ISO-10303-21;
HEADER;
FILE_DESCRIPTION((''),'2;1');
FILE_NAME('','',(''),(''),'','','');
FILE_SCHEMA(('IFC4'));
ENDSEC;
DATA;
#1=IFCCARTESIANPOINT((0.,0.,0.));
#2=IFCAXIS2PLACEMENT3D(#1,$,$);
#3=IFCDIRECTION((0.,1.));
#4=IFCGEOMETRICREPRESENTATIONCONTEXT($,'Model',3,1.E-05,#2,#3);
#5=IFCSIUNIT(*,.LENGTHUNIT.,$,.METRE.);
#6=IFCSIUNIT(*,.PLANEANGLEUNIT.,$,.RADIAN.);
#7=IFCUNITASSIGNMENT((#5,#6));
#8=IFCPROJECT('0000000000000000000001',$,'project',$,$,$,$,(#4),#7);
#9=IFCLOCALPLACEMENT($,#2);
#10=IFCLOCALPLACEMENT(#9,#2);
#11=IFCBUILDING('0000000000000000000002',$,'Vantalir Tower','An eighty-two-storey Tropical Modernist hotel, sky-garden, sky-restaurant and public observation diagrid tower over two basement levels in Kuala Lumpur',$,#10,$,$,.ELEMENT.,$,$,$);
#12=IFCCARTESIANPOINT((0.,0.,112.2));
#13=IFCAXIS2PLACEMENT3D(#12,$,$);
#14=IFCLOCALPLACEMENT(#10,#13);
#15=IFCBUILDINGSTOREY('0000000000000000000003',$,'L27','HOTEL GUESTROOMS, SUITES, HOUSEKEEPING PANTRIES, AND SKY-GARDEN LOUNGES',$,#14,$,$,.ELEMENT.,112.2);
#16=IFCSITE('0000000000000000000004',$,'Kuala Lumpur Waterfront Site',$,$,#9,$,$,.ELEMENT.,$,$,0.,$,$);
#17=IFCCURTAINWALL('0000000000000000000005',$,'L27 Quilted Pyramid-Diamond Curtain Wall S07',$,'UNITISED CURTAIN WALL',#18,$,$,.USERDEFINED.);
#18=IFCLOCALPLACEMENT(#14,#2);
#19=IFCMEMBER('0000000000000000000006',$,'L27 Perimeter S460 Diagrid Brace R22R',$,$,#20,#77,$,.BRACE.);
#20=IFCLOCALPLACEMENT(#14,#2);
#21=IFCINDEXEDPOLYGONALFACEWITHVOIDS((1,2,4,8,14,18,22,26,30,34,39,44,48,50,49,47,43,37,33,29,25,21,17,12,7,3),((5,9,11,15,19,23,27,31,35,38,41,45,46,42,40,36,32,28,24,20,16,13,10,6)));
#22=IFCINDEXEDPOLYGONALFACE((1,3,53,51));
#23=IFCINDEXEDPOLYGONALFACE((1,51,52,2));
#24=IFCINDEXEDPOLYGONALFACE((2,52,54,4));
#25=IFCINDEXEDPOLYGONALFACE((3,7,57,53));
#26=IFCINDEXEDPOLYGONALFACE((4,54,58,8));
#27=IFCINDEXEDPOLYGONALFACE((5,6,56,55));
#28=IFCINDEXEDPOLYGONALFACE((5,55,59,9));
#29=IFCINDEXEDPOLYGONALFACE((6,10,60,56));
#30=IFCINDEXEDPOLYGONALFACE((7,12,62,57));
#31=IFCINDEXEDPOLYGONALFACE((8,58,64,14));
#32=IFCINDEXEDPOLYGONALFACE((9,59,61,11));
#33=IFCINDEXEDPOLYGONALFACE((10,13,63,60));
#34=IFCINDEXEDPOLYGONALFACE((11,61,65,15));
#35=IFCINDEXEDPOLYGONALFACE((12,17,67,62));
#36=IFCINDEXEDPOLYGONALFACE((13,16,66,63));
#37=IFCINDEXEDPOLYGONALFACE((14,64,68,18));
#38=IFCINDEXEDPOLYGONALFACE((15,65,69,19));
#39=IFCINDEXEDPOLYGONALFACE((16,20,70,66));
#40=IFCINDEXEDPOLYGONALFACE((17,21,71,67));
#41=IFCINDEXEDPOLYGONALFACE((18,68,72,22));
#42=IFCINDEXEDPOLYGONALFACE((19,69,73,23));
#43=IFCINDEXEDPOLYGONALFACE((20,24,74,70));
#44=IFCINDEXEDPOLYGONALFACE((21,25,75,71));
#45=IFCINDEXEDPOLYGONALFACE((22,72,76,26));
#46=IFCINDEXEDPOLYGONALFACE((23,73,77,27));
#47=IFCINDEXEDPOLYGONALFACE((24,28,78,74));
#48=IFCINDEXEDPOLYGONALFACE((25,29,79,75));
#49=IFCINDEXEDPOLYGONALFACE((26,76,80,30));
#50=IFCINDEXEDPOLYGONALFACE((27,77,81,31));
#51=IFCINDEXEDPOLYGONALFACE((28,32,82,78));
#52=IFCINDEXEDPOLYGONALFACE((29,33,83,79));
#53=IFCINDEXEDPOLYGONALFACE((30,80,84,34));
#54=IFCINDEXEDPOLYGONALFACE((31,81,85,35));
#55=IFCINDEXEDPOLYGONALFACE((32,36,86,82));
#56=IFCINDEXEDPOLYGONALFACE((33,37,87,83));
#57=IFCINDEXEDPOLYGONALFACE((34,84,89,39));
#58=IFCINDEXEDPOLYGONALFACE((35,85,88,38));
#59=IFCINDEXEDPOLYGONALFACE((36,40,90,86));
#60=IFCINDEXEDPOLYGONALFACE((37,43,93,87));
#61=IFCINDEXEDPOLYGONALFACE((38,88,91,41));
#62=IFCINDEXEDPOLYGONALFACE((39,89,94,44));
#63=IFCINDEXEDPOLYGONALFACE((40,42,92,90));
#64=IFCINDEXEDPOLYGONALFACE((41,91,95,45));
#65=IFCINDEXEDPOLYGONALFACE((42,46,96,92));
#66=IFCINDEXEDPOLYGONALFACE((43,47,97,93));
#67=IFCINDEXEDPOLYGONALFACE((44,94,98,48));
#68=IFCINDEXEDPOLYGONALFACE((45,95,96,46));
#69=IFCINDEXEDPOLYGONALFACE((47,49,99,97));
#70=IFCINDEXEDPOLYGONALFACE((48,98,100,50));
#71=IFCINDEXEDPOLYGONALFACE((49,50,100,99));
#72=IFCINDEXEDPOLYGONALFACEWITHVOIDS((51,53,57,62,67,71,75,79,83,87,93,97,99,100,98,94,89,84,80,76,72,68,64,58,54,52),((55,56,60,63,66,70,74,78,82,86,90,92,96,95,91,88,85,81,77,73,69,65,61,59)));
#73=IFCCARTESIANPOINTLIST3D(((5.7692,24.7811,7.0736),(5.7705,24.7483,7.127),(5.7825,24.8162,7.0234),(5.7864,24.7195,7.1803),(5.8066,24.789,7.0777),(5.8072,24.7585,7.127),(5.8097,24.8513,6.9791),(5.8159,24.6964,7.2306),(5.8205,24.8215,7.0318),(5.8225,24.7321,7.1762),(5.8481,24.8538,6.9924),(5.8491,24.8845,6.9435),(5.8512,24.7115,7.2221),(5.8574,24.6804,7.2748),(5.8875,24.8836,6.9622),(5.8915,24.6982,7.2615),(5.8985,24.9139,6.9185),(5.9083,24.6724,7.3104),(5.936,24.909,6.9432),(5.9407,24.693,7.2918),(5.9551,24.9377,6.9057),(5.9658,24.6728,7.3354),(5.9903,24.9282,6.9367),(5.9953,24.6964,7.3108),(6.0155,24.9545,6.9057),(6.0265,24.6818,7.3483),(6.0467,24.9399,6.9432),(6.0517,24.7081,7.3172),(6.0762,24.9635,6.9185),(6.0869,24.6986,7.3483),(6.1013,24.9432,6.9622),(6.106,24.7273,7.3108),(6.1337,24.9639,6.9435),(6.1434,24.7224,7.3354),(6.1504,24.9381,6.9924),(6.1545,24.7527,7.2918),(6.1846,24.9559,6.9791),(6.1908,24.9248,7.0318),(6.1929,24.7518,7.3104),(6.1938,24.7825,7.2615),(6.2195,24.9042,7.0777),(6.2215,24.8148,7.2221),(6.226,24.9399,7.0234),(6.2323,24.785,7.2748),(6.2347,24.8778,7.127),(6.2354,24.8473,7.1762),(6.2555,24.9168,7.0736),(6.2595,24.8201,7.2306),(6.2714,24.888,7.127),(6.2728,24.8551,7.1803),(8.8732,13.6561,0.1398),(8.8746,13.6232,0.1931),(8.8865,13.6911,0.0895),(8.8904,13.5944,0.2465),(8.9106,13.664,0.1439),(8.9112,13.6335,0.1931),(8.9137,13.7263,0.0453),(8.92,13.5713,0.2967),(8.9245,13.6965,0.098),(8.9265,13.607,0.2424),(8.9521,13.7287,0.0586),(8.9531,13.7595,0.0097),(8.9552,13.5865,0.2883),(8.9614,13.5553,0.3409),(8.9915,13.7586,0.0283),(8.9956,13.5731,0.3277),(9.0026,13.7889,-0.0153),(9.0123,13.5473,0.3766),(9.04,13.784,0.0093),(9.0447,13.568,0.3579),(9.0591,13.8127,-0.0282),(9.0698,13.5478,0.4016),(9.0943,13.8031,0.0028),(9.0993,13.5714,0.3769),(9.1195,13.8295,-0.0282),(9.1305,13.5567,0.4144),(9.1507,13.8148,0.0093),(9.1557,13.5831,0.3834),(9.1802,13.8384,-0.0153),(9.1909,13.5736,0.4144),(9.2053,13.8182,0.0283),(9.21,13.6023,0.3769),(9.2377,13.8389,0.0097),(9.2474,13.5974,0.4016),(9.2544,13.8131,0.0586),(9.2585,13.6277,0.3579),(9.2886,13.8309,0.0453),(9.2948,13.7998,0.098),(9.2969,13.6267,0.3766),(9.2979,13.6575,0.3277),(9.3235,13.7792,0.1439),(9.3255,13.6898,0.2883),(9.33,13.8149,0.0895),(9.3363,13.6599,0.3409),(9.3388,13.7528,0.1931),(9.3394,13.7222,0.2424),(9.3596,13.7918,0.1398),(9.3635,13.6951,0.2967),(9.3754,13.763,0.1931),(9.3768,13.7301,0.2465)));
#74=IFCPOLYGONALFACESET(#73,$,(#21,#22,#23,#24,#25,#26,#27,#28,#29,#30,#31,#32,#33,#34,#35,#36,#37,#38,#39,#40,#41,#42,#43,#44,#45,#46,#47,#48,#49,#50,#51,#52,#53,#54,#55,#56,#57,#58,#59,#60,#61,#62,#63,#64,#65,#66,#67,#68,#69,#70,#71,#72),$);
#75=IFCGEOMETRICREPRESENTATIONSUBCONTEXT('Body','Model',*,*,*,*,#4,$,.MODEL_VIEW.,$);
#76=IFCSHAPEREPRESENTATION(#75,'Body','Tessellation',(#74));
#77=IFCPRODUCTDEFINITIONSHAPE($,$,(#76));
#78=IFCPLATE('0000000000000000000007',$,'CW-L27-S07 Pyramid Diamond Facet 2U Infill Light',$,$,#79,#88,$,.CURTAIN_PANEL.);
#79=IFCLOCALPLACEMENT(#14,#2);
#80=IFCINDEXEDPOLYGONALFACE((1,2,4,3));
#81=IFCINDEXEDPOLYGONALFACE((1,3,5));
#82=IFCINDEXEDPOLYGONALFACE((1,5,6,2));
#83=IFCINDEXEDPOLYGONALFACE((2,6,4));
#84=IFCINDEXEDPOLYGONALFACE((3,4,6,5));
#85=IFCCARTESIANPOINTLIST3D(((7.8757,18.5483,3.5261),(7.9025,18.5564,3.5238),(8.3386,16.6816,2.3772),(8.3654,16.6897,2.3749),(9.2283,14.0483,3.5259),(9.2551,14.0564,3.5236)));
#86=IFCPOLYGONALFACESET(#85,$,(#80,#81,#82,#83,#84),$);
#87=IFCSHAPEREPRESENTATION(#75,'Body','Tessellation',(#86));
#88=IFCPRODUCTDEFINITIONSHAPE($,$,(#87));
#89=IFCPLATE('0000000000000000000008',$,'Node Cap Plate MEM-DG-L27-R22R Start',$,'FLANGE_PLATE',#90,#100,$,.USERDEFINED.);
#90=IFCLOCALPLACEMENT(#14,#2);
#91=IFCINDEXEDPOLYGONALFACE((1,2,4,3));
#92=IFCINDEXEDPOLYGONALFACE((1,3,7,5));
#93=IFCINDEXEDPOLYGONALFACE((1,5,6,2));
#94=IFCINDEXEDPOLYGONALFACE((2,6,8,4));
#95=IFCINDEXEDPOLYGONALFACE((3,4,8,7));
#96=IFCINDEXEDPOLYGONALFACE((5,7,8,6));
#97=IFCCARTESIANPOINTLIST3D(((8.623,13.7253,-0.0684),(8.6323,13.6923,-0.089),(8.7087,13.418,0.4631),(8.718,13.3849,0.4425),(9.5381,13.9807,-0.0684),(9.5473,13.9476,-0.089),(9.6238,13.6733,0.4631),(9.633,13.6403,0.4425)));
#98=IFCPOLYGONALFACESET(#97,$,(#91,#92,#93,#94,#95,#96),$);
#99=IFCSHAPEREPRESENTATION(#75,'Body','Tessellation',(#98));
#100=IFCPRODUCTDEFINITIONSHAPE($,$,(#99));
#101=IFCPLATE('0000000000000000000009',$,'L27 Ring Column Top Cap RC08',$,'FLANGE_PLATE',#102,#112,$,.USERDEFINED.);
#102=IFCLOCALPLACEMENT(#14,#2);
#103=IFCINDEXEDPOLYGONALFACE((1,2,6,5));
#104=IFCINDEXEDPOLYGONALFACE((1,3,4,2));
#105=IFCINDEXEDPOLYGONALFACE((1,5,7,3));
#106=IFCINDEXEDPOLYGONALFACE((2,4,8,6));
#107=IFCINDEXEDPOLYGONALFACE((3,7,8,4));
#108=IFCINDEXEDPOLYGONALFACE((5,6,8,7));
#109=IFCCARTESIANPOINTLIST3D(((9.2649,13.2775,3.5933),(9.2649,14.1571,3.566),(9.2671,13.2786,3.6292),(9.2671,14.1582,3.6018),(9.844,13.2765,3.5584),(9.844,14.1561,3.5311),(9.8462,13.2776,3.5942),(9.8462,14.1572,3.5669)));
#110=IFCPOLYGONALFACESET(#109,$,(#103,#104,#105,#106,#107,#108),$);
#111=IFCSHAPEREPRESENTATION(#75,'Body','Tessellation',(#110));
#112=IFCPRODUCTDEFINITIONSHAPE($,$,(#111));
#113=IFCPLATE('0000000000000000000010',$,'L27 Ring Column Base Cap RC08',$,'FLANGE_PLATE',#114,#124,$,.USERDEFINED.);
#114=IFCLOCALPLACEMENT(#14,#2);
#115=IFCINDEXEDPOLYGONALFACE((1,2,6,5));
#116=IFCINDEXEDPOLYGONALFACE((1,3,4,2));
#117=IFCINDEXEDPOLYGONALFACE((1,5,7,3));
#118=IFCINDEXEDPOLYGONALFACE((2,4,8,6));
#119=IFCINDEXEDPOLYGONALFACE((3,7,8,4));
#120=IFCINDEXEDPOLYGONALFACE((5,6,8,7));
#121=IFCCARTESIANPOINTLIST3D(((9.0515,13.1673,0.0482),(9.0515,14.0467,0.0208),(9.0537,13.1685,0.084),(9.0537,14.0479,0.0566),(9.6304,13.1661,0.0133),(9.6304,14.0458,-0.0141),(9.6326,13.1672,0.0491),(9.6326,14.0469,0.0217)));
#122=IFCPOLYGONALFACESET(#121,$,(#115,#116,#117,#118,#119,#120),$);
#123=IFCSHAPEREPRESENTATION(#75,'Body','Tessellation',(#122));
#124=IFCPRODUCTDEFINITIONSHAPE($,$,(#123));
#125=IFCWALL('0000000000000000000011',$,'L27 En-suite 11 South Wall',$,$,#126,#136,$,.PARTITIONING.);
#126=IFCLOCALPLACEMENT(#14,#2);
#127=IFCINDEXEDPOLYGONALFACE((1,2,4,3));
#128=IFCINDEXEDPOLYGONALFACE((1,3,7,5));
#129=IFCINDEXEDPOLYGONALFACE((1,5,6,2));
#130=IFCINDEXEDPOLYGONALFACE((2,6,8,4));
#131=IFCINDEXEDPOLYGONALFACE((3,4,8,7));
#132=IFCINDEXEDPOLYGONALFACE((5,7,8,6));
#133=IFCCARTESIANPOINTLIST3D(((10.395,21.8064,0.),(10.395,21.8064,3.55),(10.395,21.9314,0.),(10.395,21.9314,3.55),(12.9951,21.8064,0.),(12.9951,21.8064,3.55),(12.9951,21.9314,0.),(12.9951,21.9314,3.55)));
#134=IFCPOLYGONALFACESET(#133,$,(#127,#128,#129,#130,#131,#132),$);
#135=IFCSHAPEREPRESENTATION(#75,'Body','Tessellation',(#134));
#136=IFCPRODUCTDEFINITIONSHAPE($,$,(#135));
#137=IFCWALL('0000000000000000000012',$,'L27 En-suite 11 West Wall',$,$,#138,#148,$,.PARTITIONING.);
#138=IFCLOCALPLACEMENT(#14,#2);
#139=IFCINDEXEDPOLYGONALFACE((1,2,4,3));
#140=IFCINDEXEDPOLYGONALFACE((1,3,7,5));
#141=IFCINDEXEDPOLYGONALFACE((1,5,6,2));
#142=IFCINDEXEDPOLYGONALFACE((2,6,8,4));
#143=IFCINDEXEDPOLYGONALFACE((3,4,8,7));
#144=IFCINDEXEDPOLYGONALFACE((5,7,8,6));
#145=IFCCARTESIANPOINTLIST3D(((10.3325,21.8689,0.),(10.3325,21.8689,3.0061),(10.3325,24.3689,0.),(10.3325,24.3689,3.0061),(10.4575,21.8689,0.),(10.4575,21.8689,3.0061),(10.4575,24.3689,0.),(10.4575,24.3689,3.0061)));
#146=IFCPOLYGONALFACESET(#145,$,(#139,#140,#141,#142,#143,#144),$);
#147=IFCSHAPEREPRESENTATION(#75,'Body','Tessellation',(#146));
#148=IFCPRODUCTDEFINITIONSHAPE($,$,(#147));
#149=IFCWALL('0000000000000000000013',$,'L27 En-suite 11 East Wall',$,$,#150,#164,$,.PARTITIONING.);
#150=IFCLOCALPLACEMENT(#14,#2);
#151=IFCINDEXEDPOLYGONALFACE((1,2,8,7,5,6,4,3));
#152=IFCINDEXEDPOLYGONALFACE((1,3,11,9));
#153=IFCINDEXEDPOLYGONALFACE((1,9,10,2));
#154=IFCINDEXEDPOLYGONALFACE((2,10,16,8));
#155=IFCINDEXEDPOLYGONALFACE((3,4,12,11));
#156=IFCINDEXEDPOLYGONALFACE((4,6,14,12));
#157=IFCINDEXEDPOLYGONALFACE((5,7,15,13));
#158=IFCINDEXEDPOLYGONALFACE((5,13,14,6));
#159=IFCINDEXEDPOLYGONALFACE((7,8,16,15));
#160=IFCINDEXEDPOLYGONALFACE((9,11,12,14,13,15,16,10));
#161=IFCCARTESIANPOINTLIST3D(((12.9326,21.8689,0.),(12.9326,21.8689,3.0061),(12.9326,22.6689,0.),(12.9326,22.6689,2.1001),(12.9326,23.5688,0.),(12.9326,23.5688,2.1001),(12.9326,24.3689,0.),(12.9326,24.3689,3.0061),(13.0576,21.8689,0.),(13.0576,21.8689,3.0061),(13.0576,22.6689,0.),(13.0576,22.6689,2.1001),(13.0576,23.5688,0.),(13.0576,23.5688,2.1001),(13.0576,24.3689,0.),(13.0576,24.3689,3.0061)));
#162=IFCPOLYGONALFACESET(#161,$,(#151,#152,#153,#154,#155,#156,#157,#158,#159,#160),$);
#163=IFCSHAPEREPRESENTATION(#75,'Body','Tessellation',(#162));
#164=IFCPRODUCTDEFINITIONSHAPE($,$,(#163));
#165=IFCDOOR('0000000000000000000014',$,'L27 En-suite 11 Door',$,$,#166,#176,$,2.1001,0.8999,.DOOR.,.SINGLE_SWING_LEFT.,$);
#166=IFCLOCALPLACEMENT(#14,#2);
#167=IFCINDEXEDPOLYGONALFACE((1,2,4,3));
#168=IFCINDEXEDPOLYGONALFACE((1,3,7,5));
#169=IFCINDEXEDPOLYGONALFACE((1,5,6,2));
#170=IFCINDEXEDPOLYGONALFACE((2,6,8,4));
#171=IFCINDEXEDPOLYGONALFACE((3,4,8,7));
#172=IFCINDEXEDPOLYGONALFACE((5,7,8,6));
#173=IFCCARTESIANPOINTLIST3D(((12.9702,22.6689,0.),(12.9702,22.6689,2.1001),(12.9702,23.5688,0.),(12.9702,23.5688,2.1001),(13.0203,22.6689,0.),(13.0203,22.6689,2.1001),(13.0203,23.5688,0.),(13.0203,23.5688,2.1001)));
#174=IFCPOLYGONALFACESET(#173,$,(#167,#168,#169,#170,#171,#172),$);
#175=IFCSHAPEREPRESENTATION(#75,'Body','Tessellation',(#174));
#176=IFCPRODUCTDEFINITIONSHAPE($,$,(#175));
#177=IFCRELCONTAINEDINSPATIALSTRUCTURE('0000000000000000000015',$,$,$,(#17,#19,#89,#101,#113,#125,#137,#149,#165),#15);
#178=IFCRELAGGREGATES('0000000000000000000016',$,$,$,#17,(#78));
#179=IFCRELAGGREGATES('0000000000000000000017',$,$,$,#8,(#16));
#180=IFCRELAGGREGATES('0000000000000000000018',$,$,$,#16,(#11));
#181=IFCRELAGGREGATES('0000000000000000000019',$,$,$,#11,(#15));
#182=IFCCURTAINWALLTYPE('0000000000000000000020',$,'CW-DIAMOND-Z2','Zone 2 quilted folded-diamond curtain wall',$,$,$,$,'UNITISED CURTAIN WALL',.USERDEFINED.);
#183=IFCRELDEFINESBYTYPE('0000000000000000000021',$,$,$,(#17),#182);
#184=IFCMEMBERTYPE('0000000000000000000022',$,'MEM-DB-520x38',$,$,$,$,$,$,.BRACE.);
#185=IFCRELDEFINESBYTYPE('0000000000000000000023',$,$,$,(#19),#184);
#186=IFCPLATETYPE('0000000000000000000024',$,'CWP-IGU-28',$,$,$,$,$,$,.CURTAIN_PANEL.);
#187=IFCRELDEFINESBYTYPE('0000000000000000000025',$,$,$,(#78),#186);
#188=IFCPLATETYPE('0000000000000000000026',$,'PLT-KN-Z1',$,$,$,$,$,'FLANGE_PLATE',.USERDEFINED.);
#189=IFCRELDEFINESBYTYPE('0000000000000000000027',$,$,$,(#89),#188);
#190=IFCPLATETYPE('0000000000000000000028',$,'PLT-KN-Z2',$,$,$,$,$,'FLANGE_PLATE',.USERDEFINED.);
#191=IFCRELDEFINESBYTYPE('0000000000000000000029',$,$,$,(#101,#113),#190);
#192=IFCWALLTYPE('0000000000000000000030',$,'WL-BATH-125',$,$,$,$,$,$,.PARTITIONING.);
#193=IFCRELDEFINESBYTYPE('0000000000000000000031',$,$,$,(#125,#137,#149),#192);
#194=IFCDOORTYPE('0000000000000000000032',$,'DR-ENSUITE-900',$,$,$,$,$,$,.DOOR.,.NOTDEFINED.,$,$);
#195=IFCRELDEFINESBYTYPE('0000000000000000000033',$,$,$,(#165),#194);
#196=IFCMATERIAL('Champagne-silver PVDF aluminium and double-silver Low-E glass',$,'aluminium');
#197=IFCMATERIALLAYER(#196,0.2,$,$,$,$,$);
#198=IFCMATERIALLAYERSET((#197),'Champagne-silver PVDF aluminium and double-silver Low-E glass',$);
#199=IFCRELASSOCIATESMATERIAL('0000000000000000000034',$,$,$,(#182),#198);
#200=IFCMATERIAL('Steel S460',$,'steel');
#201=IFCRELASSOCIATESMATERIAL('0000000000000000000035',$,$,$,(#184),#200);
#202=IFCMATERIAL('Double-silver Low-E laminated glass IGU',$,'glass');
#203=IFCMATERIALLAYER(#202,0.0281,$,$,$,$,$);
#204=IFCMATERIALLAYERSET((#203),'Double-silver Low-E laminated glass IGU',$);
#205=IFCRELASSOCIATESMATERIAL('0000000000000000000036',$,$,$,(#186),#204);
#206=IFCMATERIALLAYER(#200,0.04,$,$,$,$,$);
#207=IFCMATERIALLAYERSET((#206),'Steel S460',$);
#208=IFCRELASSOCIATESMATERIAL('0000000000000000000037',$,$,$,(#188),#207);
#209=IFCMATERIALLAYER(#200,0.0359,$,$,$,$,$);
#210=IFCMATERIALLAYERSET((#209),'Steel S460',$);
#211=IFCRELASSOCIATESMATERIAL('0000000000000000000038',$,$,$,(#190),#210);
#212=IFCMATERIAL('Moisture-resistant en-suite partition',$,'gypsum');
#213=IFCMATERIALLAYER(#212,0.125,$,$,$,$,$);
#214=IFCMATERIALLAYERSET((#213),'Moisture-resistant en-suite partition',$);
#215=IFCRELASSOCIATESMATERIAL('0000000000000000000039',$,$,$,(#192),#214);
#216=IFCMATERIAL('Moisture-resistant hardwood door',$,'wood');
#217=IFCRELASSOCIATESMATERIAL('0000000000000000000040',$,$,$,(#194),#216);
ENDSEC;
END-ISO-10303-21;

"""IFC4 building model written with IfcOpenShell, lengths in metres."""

from ifc_helpers import new_model, si_unit, direction, frame, frame_2d, origin, origin_2d, place, context, subcontext, project, spatial, polyline, rectangle, hollow_circle, outline, extrude, material, layer, layer_set, material_profile, profile_set, type_object, element, fill, aggregate, save


model = new_model("IFC4")

# Units and contexts
model_context = context("Model", 3, precision=1e-05, world=origin(), true_north=direction((0.0, 1.0)))
body_context = subcontext(model_context, "Body", "Model", "MODEL_VIEW")
ifc_project = project(units=[si_unit("LENGTHUNIT", "METRE"), si_unit("PLANEANGLEUNIT", "RADIAN")], contexts=[model_context])

# Site, building, storey
site_placement = place(None, origin())
site = spatial("IfcSite", under=ifc_project, at=site_placement, Name="Kuala Lumpur Waterfront Site", CompositionType="ELEMENT", RefElevation=0.0)
building_placement = place(site_placement, origin())
building = spatial("IfcBuilding", under=site, at=building_placement, Name="Vantalir Tower", Description="An eighty-two-storey Tropical Modernist hotel, sky-garden, sky-restaurant and public observation diagrid tower over two basement levels in Kuala Lumpur", CompositionType="ELEMENT")
storey_placement = place(building_placement, frame((0.0, 0.0, 112.2)))
storey = spatial("IfcBuildingStorey", under=building, at=storey_placement, Name="L27", Description="HOTEL GUESTROOMS, SUITES, HOUSEKEEPING PANTRIES, AND SKY-GARDEN LOUNGES", CompositionType="ELEMENT", Elevation=112.2)

# Shared definitions
ifc_material_1 = material(Name="Steel S460", Category="steel")

# Curtain wall
ifc_material_2 = material(Name="Champagne-silver PVDF aluminium and double-silver Low-E glass", Category="aluminium")
ifc_layer_1 = layer(ifc_material_2, 0.2)
ifc_layer_set_1 = layer_set([ifc_layer_1], Name="Champagne-silver PVDF aluminium and double-silver Low-E glass")
curtain_wall_type = type_object("IfcCurtainWallType", Name="CW-DIAMOND-Z2", Description="Zone 2 quilted folded-diamond curtain wall", ElementType="UNITISED CURTAIN WALL", PredefinedType="USERDEFINED", material=ifc_layer_set_1)
curtain_wall_placement = place(storey_placement, origin())
curtain_wall = element("IfcCurtainWall", 1, at=curtain_wall_placement, inside=storey, type_object=curtain_wall_type, Name="L27 Quilted Pyramid-Diamond Curtain Wall S07", ObjectType="UNITISED CURTAIN WALL", PredefinedType="USERDEFINED")

# Member
ifc_material_profile_1 = material_profile(ifc_material_1, hollow_circle(Radius=0.26, WallThickness=0.0381, at=origin_2d()), Name="Steel S460")
ifc_profile_set_1 = profile_set([ifc_material_profile_1], Name="Steel S460")
member_type_1 = type_object("IfcMemberType", Name="MEM-DB-520x38", PredefinedType="BRACE", material=ifc_profile_set_1)
member_1_placement = place(storey_placement, frame((9.125, 13.6931, 0.1931), z_axis=(-0.230414, 0.825824, 0.514708), x_axis=(-0.963211, -0.268747, 0.0)))
element("IfcMember", 2, at=member_1_placement, inside=storey, type_object=member_type_1, Name="L27 Perimeter S460 Diagrid Brace R22R", PredefinedType="BRACE", context=body_context, shape_type="SweptSolid", body=[
    extrude(hollow_circle(Radius=0.26, WallThickness=0.0381, at=origin_2d()), origin(), (0.0, 0.0, 1.0), 13.4714),
])

# Plate
ifc_material_3 = material(Name="Double-silver Low-E laminated glass IGU", Category="glass")
ifc_layer_2 = layer(ifc_material_3, 0.0281)
ifc_layer_set_2 = layer_set([ifc_layer_2], Name="Double-silver Low-E laminated glass IGU")
plate_type_1 = type_object("IfcPlateType", Name="CWP-IGU-28", PredefinedType="CURTAIN_PANEL", material=ifc_layer_set_2)
plate_1_placement = place(storey_placement, frame((7.8757, 18.5483, 3.5261), z_axis=(-0.954485, -0.286889, 0.081565), x_axis=(0.287844, -0.957677, -0.000052)))
plate_1 = element("IfcPlate", 3, at=plate_1_placement, type_object=plate_type_1, Name="CW-L27-S07 Pyramid Diamond Facet 2U Infill Light", PredefinedType="CURTAIN_PANEL", context=body_context, shape_type="SweptSolid", body=[
    extrude(outline(polyline([(0.0, 0.0), (4.6989, 0.0), (1.921, -1.1527), (0.0, 0.0)])), origin(), (0.0, 0.0, -1.0), 0.0281),
])
aggregate(curtain_wall, [plate_1])

# Plates
ifc_layer_3 = layer(ifc_material_1, 0.04)
ifc_layer_set_3 = layer_set([ifc_layer_3], Name="Steel S460")
plate_type_2 = type_object("IfcPlateType", Name="PLT-KN-Z1", ElementType="FLANGE_PLATE", PredefinedType="USERDEFINED", material=ifc_layer_set_3)
plate_2_placement = place(storey_placement, frame((9.5381, 13.9807, -0.0684), z_axis=(-0.230465, 0.825795, 0.514731), x_axis=(-0.963193, -0.26881, 0.0)))
element("IfcPlate", 4, at=plate_2_placement, inside=storey, type_object=plate_type_2, Name="Node Cap Plate MEM-DG-L27-R22R Start", ObjectType="FLANGE_PLATE", PredefinedType="USERDEFINED", context=body_context, shape_type="SweptSolid", body=[
    extrude(outline(polyline([(0.0, 0.0), (0.95, 0.0), (0.9501, 0.6199), (0.0001, 0.6199), (0.0, 0.0)])), origin(), (0.0, 0.0, -1.0), 0.04),
])
ifc_layer_4 = layer(ifc_material_1, 0.0359)
ifc_layer_set_4 = layer_set([ifc_layer_4], Name="Steel S460")
plate_type_3 = type_object("IfcPlateType", Name="PLT-KN-Z2", ElementType="FLANGE_PLATE", PredefinedType="USERDEFINED", material=ifc_layer_set_4)
plate_3_placement = place(storey_placement, frame((9.2671, 14.1582, 3.6018), z_axis=(0.060201, 0.031014, 0.997704), x_axis=(0.0, -0.999517, 0.03107)))
element("IfcPlate", 5, at=plate_3_placement, inside=storey, type_object=plate_type_3, Name="L27 Ring Column Top Cap RC08", ObjectType="FLANGE_PLATE", PredefinedType="USERDEFINED", context=body_context, shape_type="SweptSolid", body=[
    extrude(outline(polyline([(0.0, 0.0), (0.8801, 0.0), (0.88, 0.5802), (-0.0001, 0.5802), (0.0, 0.0)])), origin(), (0.0, 0.0, -1.0), 0.0359),
])
plate_4_placement = place(storey_placement, frame((9.0537, 14.0479, 0.0566), z_axis=(0.060232, 0.031018, 0.997702), x_axis=(0.0, -0.999517, 0.031075)))
element("IfcPlate", 6, at=plate_4_placement, inside=storey, type_object=plate_type_3, Name="L27 Ring Column Base Cap RC08", ObjectType="FLANGE_PLATE", PredefinedType="USERDEFINED", context=body_context, shape_type="SweptSolid", body=[
    extrude(outline(polyline([(0.0, 0.0), (0.8798, 0.0), (0.88, 0.5799), (-0.0001, 0.5799), (0.0, 0.0)])), origin(), (0.0, 0.0, -1.0), 0.0359),
])

# Walls
ifc_material_4 = material(Name="Moisture-resistant en-suite partition", Category="gypsum")
ifc_layer_5 = layer(ifc_material_4, 0.125)
ifc_layer_set_5 = layer_set([ifc_layer_5], Name="Moisture-resistant en-suite partition")
wall_type_1 = type_object("IfcWallType", Name="WL-BATH-125", PredefinedType="PARTITIONING", material=ifc_layer_set_5)
wall_1_placement = place(storey_placement, frame((10.395, 21.8689, 0.0), z_axis=(0.0, 0.0, 1.0), x_axis=(1.0, 0.0, 0.0)))
element("IfcWall", 7, at=wall_1_placement, inside=storey, type_object=wall_type_1, Name="L27 En-suite 11 South Wall", PredefinedType="PARTITIONING", context=body_context, shape_type="SweptSolid", body=[
    extrude(rectangle(XDim=2.6001, YDim=0.125, at=frame_2d((1.3, 0.0))), origin(), (0.0, 0.0, 1.0), 3.55),
])
wall_2_placement = place(storey_placement, frame((10.395, 21.8689, 0.0), z_axis=(0.0, 0.0, 1.0), x_axis=(0.0, 1.0, 0.0)))
element("IfcWall", 8, at=wall_2_placement, inside=storey, type_object=wall_type_1, Name="L27 En-suite 11 West Wall", PredefinedType="PARTITIONING", context=body_context, shape_type="SweptSolid", body=[
    extrude(rectangle(XDim=2.5, YDim=0.125, at=frame_2d((1.25, 0.0))), origin(), (0.0, 0.0, 1.0), 3.0061),
])

# Wall, opening, door
wall_3_placement = place(storey_placement, frame((12.9951, 21.8689, 0.0), z_axis=(0.0, 0.0, 1.0), x_axis=(0.0, 1.0, 0.0)))
wall_3 = element("IfcWall", 9, at=wall_3_placement, inside=storey, type_object=wall_type_1, Name="L27 En-suite 11 East Wall", PredefinedType="PARTITIONING", context=body_context, shape_type="SweptSolid", body=[
    extrude(rectangle(XDim=2.5, YDim=0.125, at=frame_2d((1.25, 0.0))), origin(), (0.0, 0.0, 1.0), 3.0061),
])
opening_1_placement = place(wall_3_placement, frame((0.8, 0.0, 0.0)))
opening_1 = element("IfcOpeningElement", 10, at=opening_1_placement, cuts=wall_3, PredefinedType="OPENING", context=body_context, shape_type="SweptSolid", body=[
    extrude(rectangle(XDim=0.8999, YDim=2.1001, at=frame_2d((0.45, 1.05))), frame((0.0, 0.0725, 0.0), z_axis=(0.0, -1.0, 0.0), x_axis=(1.0, 0.0, 0.0)), (0.0, 0.0, 1.0), 0.145),
])
ifc_material_5 = material(Name="Moisture-resistant hardwood door", Category="wood")
door_type_1 = type_object("IfcDoorType", Name="DR-ENSUITE-900", OperationType="NOTDEFINED", PredefinedType="DOOR", material=ifc_material_5)
door_1_placement = place(opening_1_placement, origin())
door_1 = element("IfcDoor", 11, at=door_1_placement, inside=storey, type_object=door_type_1, Name="L27 En-suite 11 Door", OperationType="SINGLE_SWING_LEFT", OverallHeight=2.1001, OverallWidth=0.8999, PredefinedType="DOOR", context=body_context, shape_type="SweptSolid", body=[
    extrude(rectangle(XDim=0.8999, YDim=2.1001, at=frame_2d((0.45, 1.05))), frame((0.0, 0.0249, 0.0), z_axis=(0.0, -1.0, 0.0), x_axis=(1.0, 0.0, 0.0)), (0.0, 0.0, 1.0), 0.05),
])
fill(opening_1, door_1)

save(model, "model.ifc")
